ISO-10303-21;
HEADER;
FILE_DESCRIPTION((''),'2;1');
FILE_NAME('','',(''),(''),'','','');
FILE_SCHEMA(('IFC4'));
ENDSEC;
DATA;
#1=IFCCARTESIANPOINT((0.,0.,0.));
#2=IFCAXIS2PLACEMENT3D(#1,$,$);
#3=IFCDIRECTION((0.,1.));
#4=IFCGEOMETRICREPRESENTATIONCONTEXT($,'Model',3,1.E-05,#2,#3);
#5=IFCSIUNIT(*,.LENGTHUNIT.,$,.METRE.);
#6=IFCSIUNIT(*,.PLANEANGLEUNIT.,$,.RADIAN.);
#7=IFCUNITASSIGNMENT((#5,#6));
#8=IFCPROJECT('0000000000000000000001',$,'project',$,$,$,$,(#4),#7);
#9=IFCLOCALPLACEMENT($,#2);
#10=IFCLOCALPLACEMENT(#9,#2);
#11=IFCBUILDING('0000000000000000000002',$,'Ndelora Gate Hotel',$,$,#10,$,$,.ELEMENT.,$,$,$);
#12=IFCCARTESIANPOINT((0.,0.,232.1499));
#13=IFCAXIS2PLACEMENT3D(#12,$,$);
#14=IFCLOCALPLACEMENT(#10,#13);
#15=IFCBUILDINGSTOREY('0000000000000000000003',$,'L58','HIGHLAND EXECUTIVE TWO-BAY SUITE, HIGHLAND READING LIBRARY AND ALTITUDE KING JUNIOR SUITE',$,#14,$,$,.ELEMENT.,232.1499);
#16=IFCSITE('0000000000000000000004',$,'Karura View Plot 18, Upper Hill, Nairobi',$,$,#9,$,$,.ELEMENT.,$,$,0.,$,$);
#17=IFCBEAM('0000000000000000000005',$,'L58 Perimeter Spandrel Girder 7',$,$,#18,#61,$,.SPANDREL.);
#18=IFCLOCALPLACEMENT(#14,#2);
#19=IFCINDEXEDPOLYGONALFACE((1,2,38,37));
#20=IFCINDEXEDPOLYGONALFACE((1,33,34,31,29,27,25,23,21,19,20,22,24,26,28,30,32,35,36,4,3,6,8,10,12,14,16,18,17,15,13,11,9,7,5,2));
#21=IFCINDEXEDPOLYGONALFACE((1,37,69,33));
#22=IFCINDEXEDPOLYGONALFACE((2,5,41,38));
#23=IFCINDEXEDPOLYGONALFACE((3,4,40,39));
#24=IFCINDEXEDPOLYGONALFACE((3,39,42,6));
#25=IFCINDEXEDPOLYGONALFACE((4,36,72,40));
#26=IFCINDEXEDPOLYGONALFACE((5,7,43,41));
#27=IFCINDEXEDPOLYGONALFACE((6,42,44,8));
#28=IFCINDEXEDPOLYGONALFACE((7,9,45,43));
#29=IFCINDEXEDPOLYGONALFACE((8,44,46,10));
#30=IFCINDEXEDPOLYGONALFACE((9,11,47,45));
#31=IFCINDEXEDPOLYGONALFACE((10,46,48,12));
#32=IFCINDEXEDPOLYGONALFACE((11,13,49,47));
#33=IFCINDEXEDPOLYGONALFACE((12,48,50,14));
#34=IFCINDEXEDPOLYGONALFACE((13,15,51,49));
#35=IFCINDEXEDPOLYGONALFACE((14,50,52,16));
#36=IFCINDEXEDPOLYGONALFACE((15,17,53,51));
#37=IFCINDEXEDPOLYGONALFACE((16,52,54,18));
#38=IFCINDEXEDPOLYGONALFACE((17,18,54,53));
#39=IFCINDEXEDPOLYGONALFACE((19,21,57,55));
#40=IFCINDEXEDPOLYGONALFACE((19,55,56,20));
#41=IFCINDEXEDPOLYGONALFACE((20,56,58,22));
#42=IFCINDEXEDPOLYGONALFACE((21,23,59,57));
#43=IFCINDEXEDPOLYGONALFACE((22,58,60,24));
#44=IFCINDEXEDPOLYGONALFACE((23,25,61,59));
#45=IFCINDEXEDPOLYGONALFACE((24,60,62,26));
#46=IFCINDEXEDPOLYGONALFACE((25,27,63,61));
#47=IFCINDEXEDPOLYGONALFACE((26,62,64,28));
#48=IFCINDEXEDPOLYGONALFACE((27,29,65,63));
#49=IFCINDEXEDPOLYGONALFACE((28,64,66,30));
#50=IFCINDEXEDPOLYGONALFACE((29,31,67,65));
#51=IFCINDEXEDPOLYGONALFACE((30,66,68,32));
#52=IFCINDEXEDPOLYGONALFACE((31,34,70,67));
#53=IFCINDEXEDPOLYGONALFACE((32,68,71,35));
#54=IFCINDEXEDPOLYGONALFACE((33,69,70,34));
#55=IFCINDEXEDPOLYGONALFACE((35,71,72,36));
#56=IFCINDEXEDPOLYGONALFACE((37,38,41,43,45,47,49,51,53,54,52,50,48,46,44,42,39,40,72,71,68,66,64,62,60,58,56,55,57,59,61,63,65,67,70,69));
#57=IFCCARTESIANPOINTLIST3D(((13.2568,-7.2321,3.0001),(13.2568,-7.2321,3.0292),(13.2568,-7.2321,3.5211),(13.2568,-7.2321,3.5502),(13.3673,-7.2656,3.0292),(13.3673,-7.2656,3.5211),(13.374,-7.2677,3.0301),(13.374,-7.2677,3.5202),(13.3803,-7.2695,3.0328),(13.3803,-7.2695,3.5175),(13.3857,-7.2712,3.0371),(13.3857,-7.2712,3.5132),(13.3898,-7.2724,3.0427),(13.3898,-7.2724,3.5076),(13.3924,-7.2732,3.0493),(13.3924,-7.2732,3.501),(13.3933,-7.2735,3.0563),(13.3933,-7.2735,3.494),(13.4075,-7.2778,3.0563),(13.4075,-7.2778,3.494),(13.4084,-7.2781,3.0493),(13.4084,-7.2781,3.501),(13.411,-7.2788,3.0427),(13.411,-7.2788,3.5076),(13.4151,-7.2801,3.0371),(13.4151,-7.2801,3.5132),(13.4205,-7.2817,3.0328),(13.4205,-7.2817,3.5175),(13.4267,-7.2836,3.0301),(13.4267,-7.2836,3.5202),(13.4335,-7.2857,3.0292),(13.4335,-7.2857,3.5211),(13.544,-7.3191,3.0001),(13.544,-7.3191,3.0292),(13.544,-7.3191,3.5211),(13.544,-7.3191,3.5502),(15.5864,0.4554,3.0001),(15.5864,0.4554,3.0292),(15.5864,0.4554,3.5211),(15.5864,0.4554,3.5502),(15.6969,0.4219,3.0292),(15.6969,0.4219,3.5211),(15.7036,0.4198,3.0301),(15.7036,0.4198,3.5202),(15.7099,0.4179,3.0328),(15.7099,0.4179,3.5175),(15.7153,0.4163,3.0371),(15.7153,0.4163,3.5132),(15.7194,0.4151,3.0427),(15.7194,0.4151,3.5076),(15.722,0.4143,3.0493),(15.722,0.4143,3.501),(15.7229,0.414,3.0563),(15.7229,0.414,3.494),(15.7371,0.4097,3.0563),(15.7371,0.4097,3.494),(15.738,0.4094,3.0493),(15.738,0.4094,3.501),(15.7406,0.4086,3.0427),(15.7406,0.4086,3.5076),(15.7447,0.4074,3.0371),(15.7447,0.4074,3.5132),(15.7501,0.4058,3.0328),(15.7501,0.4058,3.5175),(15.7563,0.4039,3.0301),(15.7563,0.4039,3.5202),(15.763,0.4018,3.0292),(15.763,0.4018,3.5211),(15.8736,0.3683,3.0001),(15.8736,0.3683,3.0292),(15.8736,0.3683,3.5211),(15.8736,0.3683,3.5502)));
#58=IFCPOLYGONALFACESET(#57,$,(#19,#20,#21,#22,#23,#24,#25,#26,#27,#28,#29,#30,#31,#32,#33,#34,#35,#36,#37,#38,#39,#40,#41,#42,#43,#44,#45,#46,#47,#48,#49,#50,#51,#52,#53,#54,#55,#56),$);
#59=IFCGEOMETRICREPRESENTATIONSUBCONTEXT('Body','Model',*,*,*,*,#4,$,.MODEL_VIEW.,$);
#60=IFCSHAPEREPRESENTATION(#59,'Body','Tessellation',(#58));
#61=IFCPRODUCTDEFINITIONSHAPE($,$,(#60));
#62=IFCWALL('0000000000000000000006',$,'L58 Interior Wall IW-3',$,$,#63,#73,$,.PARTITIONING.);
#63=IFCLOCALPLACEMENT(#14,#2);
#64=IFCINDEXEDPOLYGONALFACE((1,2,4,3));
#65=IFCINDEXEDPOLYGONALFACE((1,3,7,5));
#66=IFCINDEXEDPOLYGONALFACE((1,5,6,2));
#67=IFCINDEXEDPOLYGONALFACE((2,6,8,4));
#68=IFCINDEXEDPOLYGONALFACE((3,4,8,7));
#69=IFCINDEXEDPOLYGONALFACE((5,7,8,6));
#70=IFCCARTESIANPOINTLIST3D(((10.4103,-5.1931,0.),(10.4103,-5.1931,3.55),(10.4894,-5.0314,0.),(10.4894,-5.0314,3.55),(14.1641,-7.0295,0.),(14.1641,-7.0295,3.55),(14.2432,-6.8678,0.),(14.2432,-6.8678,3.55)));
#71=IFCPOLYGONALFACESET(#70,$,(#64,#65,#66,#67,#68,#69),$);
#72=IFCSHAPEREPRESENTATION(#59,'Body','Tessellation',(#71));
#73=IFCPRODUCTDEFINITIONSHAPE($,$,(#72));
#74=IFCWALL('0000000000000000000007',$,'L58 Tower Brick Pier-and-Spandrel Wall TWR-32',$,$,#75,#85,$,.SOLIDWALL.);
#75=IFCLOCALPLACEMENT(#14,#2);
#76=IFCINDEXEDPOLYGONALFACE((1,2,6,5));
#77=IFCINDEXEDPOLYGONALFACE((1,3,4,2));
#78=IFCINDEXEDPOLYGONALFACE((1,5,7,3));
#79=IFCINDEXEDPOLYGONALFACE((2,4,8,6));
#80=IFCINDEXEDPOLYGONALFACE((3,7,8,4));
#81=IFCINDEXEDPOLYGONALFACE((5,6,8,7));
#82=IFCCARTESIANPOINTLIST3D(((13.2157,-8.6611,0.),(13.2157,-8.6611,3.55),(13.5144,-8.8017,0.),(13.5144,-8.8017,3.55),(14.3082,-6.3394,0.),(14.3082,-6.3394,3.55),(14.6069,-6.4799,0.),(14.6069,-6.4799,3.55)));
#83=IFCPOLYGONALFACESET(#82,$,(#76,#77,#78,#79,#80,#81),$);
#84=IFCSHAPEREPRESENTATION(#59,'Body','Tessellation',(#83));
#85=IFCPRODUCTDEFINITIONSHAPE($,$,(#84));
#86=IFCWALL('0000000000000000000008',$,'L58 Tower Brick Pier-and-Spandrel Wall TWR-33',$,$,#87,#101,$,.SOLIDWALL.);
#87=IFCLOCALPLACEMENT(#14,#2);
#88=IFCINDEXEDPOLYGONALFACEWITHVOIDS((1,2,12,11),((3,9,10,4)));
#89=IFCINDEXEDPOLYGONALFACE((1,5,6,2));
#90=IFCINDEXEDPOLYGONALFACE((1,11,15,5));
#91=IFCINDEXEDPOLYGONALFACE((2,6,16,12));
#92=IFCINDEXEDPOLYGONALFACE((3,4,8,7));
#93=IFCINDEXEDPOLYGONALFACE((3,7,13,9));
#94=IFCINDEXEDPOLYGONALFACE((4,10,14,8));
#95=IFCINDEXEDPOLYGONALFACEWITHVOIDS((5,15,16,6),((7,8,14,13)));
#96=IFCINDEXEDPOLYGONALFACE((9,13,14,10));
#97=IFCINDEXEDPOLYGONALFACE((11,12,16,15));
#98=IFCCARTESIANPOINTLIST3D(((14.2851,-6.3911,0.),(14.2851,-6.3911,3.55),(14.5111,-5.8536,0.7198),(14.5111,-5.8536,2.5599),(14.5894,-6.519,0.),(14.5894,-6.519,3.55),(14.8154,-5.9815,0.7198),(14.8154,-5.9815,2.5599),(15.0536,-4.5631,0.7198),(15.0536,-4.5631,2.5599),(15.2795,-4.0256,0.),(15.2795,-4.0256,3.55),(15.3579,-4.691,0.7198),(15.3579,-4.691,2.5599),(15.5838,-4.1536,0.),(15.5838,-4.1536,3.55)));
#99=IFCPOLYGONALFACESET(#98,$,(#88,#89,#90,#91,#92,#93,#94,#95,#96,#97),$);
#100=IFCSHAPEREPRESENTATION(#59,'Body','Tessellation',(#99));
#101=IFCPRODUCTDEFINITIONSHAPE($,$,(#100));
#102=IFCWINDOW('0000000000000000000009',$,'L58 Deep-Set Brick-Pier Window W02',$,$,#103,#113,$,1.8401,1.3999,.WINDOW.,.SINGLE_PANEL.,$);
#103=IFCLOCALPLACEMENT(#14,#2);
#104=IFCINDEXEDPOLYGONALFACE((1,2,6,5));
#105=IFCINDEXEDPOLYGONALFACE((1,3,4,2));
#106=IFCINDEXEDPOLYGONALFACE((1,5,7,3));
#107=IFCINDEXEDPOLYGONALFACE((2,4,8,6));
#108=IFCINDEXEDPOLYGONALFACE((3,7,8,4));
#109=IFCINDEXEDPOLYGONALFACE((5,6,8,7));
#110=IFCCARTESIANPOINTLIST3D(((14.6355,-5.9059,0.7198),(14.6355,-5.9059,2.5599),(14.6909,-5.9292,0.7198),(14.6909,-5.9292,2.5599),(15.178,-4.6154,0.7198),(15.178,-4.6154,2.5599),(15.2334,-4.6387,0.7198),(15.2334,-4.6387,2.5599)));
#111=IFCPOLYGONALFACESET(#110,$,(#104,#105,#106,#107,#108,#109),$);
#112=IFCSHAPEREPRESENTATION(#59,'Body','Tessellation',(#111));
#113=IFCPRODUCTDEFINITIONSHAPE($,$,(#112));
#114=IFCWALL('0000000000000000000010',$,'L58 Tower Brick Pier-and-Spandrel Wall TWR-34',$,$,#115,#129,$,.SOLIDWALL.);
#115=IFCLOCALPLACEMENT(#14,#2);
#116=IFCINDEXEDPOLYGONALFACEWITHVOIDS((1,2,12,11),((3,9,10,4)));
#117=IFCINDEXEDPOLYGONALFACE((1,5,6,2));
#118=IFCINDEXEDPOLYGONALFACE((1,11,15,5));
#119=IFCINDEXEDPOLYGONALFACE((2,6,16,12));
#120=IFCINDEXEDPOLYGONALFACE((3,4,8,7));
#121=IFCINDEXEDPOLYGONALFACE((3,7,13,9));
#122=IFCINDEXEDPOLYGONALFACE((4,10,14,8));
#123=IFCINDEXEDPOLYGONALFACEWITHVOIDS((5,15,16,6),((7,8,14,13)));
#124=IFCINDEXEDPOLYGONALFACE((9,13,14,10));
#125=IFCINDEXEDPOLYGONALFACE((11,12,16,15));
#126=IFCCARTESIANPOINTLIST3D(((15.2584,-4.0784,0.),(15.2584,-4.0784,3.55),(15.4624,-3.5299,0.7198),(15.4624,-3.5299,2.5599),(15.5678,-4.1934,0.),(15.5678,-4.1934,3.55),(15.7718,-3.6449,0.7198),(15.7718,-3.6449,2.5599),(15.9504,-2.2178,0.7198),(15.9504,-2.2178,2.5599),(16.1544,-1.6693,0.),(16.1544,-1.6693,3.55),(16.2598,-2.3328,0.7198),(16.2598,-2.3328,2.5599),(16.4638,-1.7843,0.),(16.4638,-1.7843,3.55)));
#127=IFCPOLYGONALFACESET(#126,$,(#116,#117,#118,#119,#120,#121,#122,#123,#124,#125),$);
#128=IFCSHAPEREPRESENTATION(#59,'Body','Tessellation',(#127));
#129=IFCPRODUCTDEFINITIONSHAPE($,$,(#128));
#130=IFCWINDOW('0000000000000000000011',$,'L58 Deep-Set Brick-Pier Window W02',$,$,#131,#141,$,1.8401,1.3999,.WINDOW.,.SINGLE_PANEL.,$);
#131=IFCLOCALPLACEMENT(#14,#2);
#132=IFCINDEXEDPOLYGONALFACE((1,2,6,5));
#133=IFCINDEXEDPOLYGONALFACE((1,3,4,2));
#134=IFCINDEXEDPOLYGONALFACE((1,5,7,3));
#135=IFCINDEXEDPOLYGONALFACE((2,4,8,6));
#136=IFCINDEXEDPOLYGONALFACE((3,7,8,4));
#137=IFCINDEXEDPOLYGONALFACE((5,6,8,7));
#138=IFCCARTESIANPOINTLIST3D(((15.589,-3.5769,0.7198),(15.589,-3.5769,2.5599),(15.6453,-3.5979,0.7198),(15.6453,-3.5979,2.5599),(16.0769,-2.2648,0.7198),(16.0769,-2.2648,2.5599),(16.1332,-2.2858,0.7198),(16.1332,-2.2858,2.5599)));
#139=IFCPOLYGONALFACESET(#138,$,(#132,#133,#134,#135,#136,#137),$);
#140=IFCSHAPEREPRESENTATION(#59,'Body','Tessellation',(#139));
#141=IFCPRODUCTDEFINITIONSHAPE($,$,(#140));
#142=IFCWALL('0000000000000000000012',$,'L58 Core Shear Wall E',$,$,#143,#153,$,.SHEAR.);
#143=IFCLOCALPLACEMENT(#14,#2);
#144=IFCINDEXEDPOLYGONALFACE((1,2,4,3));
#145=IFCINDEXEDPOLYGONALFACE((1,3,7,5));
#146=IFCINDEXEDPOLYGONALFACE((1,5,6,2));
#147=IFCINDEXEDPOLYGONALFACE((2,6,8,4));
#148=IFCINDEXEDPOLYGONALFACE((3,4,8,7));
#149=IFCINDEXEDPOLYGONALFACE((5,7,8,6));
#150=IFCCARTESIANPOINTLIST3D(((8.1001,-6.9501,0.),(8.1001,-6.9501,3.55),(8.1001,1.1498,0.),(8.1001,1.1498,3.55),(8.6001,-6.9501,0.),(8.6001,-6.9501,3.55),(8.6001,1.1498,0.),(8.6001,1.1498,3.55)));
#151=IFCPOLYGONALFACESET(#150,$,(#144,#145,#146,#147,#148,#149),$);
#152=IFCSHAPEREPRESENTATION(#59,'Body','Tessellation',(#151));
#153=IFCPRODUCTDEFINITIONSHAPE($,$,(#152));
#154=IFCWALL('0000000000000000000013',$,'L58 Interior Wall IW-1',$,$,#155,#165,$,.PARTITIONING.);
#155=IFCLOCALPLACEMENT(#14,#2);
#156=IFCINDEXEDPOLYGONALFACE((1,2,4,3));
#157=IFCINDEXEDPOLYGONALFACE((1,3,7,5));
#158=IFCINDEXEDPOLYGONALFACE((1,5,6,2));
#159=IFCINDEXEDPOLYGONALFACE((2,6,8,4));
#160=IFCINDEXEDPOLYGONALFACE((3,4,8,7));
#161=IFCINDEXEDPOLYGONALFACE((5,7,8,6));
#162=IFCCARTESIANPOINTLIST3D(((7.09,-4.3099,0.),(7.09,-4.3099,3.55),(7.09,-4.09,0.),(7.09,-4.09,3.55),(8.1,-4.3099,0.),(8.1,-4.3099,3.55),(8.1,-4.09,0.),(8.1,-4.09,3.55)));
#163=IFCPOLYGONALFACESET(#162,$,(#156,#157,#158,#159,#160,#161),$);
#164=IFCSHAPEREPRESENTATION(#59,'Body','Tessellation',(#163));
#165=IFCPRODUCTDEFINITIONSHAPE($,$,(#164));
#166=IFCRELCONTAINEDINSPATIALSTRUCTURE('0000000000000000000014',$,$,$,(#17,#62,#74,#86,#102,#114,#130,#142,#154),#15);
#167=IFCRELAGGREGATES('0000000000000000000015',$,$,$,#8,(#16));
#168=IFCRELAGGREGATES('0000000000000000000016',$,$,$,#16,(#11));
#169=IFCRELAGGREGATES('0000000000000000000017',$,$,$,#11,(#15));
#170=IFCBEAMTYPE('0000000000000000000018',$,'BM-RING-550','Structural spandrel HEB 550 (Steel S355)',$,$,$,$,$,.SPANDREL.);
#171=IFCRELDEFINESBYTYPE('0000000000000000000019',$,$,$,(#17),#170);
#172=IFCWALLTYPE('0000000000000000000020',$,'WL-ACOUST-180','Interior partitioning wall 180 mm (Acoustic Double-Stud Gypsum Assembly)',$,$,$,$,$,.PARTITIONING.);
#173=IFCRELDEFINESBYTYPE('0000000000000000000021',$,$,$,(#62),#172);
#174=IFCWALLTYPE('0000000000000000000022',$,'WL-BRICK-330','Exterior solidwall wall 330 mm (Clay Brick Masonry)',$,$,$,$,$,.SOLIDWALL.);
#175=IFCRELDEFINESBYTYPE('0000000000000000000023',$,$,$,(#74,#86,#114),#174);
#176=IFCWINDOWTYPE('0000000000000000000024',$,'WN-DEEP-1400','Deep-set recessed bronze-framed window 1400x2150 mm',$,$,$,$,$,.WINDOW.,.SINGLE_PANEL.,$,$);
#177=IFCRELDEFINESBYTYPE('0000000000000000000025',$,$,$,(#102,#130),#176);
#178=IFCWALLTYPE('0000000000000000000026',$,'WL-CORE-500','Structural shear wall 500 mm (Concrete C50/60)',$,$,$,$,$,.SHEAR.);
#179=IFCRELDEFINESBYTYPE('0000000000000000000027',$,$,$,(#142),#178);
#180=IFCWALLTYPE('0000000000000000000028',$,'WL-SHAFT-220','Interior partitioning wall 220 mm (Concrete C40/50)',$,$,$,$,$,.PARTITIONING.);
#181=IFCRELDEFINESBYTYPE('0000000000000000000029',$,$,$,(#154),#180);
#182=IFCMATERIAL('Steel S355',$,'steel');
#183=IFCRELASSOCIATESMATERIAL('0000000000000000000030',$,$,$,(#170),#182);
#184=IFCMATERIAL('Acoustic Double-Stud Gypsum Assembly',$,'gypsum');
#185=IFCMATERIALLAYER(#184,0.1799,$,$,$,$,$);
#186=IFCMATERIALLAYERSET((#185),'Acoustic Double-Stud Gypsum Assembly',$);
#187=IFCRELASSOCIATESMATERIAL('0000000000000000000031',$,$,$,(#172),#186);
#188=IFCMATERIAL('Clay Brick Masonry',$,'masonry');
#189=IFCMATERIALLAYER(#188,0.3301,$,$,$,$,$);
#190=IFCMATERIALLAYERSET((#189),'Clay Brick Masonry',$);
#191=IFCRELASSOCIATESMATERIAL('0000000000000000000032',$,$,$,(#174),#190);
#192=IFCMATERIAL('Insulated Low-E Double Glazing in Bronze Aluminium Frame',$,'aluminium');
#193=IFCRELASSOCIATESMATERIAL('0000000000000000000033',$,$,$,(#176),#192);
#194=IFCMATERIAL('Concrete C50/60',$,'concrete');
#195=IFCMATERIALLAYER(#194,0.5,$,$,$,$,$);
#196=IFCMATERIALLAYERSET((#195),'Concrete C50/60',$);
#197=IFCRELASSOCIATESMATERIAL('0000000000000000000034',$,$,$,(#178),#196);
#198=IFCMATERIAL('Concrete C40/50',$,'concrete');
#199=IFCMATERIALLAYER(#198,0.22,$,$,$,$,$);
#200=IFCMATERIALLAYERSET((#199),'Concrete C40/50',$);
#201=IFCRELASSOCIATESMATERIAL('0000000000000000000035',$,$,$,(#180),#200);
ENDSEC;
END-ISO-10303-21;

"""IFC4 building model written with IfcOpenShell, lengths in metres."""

from ifc_helpers import new_model, si_unit, direction, frame, frame_2d, origin, origin_2d, place, context, subcontext, project, spatial, rectangle, i_section, extrude, material, layer, layer_set, material_profile, profile_set, type_object, element, fill, save


model = new_model("IFC4")

# Units and contexts
model_context = context("Model", 3, precision=1e-05, world=origin(), true_north=direction((0.0, 1.0)))
body_context = subcontext(model_context, "Body", "Model", "MODEL_VIEW")
ifc_project = project(units=[si_unit("LENGTHUNIT", "METRE"), si_unit("PLANEANGLEUNIT", "RADIAN")], contexts=[model_context])

# Site, building, storey
site_placement = place(None, origin())
site = spatial("IfcSite", under=ifc_project, at=site_placement, Name="Karura View Plot 18, Upper Hill, Nairobi", CompositionType="ELEMENT", RefElevation=0.0)
building_placement = place(site_placement, origin())
building = spatial("IfcBuilding", under=site, at=building_placement, Name="Ndelora Gate Hotel", CompositionType="ELEMENT")
storey_placement = place(building_placement, frame((0.0, 0.0, 232.1499)))
storey = spatial("IfcBuildingStorey", under=building, at=storey_placement, Name="L58", Description="HIGHLAND EXECUTIVE TWO-BAY SUITE, HIGHLAND READING LIBRARY AND ALTITUDE KING JUNIOR SUITE", CompositionType="ELEMENT", Elevation=232.1499)

# Shared definitions
ifc_material_1 = material(Name="Concrete C50/60", Category="concrete")

# Beam
ifc_material_2 = material(Name="Steel S355", Category="steel")
ifc_material_profile_1 = material_profile(ifc_material_2, i_section(OverallWidth=0.3, OverallDepth=0.55, WebThickness=0.0149, FlangeThickness=0.0291, FilletRadius=0.0271, at=origin_2d()), Name="HEB 550")
ifc_profile_set_1 = profile_set([ifc_material_profile_1], Name="Steel S355")
beam_type_1 = type_object("IfcBeamType", Name="BM-RING-550", Description="Structural spandrel HEB 550 (Steel S355)", PredefinedType="SPANDREL", material=ifc_profile_set_1)
beam_1_placement = place(storey_placement, frame((13.4004, -7.2756, 3.2751), z_axis=(0.290012, 0.957023, 0.0), x_axis=(-0.957023, 0.290012, 0.0)))
element("IfcBeam", 1, at=beam_1_placement, inside=storey, type_object=beam_type_1, Name="L58 Perimeter Spandrel Girder 7", PredefinedType="SPANDREL", context=body_context, shape_type="SweptSolid", body=[
    extrude(i_section(OverallWidth=0.3, OverallDepth=0.55, WebThickness=0.0149, FlangeThickness=0.0291, FilletRadius=0.0271, at=origin_2d()), origin(), (0.0, 0.0, 1.0), 8.0327),
])

# Walls
ifc_material_3 = material(Name="Acoustic Double-Stud Gypsum Assembly", Category="gypsum")
ifc_layer_1 = layer(ifc_material_3, 0.1799)
ifc_layer_set_1 = layer_set([ifc_layer_1], Name="Acoustic Double-Stud Gypsum Assembly")
wall_type_1 = type_object("IfcWallType", Name="WL-ACOUST-180", Description="Interior partitioning wall 180 mm (Acoustic Double-Stud Gypsum Assembly)", PredefinedType="PARTITIONING", material=ifc_layer_set_1)
wall_1_placement = place(storey_placement, frame((10.45, -5.1123, 0.0), z_axis=(0.0, 0.0, 1.0), x_axis=(0.898273, -0.439439, 0.0)))
element("IfcWall", 2, at=wall_1_placement, inside=storey, type_object=wall_type_1, Name="L58 Interior Wall IW-3", PredefinedType="PARTITIONING", context=body_context, shape_type="SweptSolid", body=[
    extrude(rectangle(XDim=4.179, YDim=0.1799, at=frame_2d((2.0894, 0.0))), origin(), (0.0, 0.0, 1.0), 3.55),
])
ifc_material_4 = material(Name="Clay Brick Masonry", Category="masonry")
ifc_layer_2 = layer(ifc_material_4, 0.3301)
ifc_layer_set_2 = layer_set([ifc_layer_2], Name="Clay Brick Masonry")
wall_type_2 = type_object("IfcWallType", Name="WL-BRICK-330", Description="Exterior solidwall wall 330 mm (Clay Brick Masonry)", PredefinedType="SOLIDWALL", material=ifc_layer_set_2)
wall_2_placement = place(storey_placement, frame((14.4575, -6.4097, 0.0), z_axis=(0.0, 0.0, 1.0), x_axis=(-0.425774, -0.904829, 0.0)))
element("IfcWall", 3, at=wall_2_placement, inside=storey, type_object=wall_type_2, Name="L58 Tower Brick Pier-and-Spandrel Wall TWR-32", PredefinedType="SOLIDWALL", context=body_context, shape_type="SweptSolid", body=[
    extrude(rectangle(XDim=2.5659, YDim=0.3301, at=frame_2d((1.283, 0.0))), origin(), (0.0, 0.0, 1.0), 3.55),
])

# Walls, openings, windows
wall_3_placement = place(storey_placement, frame((15.4316, -4.0896, 0.0), z_axis=(0.0, 0.0, 1.0), x_axis=(-0.387525, -0.921859, 0.0)))
wall_3 = element("IfcWall", 4, at=wall_3_placement, inside=storey, type_object=wall_type_2, Name="L58 Tower Brick Pier-and-Spandrel Wall TWR-33", PredefinedType="SOLIDWALL", context=body_context, shape_type="SweptSolid", body=[
    extrude(rectangle(XDim=2.5659, YDim=0.3301, at=frame_2d((1.283, 0.0))), origin(), (0.0, 0.0, 1.0), 3.55),
])
opening_1_placement = place(wall_3_placement, frame((0.583, 0.0, 0.72)))
opening_1 = element("IfcOpeningElement", 5, at=opening_1_placement, cuts=wall_3, PredefinedType="OPENING", context=body_context, shape_type="SweptSolid", body=[
    extrude(rectangle(XDim=1.3999, YDim=1.8401, at=frame_2d((0.7, 0.9199))), frame((0.0, 0.175, 0.0), z_axis=(0.0, -1.0, 0.0), x_axis=(1.0, 0.0, 0.0)), (0.0, 0.0, 1.0), 0.3501),
])
ifc_material_5 = material(Name="Insulated Low-E Double Glazing in Bronze Aluminium Frame", Category="aluminium")
window_type = type_object("IfcWindowType", Name="WN-DEEP-1400", Description="Deep-set recessed bronze-framed window 1400x2150 mm", PartitioningType="SINGLE_PANEL", PredefinedType="WINDOW", material=ifc_material_5)
window_1_placement = place(opening_1_placement, origin())
window_1 = element("IfcWindow", 6, at=window_1_placement, inside=storey, type_object=window_type, Name="L58 Deep-Set Brick-Pier Window W02", OverallHeight=1.8401, OverallWidth=1.3999, PartitioningType="SINGLE_PANEL", PredefinedType="WINDOW", context=body_context, shape_type="SweptSolid", body=[
    extrude(rectangle(XDim=1.3999, YDim=1.8401, at=frame_2d((0.7, 0.9199))), frame((0.0, 0.03, 0.0), z_axis=(0.0, -1.0, 0.0), x_axis=(1.0, 0.0, 0.0)), (0.0, 0.0, 1.0), 0.0601),
])
fill(opening_1, window_1)
wall_4_placement = place(storey_placement, frame((16.3091, -1.7268, 0.0), z_axis=(0.0, 0.0, 1.0), x_axis=(-0.348582, -0.937278, 0.0)))
wall_4 = element("IfcWall", 7, at=wall_4_placement, inside=storey, type_object=wall_type_2, Name="L58 Tower Brick Pier-and-Spandrel Wall TWR-34", PredefinedType="SOLIDWALL", context=body_context, shape_type="SweptSolid", body=[
    extrude(rectangle(XDim=2.5703, YDim=0.3301, at=frame_2d((1.2852, 0.0))), origin(), (0.0, 0.0, 1.0), 3.55),
])
opening_2_placement = place(wall_4_placement, frame((0.5852, 0.0, 0.72)))
opening_2 = element("IfcOpeningElement", 8, at=opening_2_placement, cuts=wall_4, PredefinedType="OPENING", context=body_context, shape_type="SweptSolid", body=[
    extrude(rectangle(XDim=1.3999, YDim=1.8401, at=frame_2d((0.7, 0.9199))), frame((0.0, 0.175, 0.0), z_axis=(0.0, -1.0, 0.0), x_axis=(1.0, 0.0, 0.0)), (0.0, 0.0, 1.0), 0.3501),
])
window_2_placement = place(opening_2_placement, origin())
window_2 = element("IfcWindow", 9, at=window_2_placement, inside=storey, type_object=window_type, Name="L58 Deep-Set Brick-Pier Window W02", OverallHeight=1.8401, OverallWidth=1.3999, PartitioningType="SINGLE_PANEL", PredefinedType="WINDOW", context=body_context, shape_type="SweptSolid", body=[
    extrude(rectangle(XDim=1.3999, YDim=1.8401, at=frame_2d((0.7, 0.9199))), frame((0.0, 0.03, 0.0), z_axis=(0.0, -1.0, 0.0), x_axis=(1.0, 0.0, 0.0)), (0.0, 0.0, 1.0), 0.0601),
])
fill(opening_2, window_2)

# Walls
ifc_layer_3 = layer(ifc_material_1, 0.5)
ifc_layer_set_3 = layer_set([ifc_layer_3], Name="Concrete C50/60")
wall_type_3 = type_object("IfcWallType", Name="WL-CORE-500", Description="Structural shear wall 500 mm (Concrete C50/60)", PredefinedType="SHEAR", material=ifc_layer_set_3)
wall_5_placement = place(storey_placement, frame((8.3501, -6.95, 0.0), z_axis=(0.0, 0.0, 1.0), x_axis=(0.0, 1.0, 0.0)))
element("IfcWall", 10, at=wall_5_placement, inside=storey, type_object=wall_type_3, Name="L58 Core Shear Wall E", PredefinedType="SHEAR", context=body_context, shape_type="SweptSolid", body=[
    extrude(rectangle(XDim=8.0999, YDim=0.5, at=frame_2d((4.0498, 0.0))), origin(), (0.0, 0.0, 1.0), 3.55),
])
ifc_material_6 = material(Name="Concrete C40/50", Category="concrete")
ifc_layer_4 = layer(ifc_material_6, 0.22)
ifc_layer_set_4 = layer_set([ifc_layer_4], Name="Concrete C40/50")
wall_type_4 = type_object("IfcWallType", Name="WL-SHAFT-220", Description="Interior partitioning wall 220 mm (Concrete C40/50)", PredefinedType="PARTITIONING", material=ifc_layer_set_4)
wall_6_placement = place(storey_placement, frame((7.0901, -4.2, 0.0), z_axis=(0.0, 0.0, 1.0), x_axis=(1.0, 0.0, 0.0)))
element("IfcWall", 11, at=wall_6_placement, inside=storey, type_object=wall_type_4, Name="L58 Interior Wall IW-1", PredefinedType="PARTITIONING", context=body_context, shape_type="SweptSolid", body=[
    extrude(rectangle(XDim=1.01, YDim=0.22, at=frame_2d((0.5049, 0.0))), origin(), (0.0, 0.0, 1.0), 3.55),
])

save(model, "model.ifc")
